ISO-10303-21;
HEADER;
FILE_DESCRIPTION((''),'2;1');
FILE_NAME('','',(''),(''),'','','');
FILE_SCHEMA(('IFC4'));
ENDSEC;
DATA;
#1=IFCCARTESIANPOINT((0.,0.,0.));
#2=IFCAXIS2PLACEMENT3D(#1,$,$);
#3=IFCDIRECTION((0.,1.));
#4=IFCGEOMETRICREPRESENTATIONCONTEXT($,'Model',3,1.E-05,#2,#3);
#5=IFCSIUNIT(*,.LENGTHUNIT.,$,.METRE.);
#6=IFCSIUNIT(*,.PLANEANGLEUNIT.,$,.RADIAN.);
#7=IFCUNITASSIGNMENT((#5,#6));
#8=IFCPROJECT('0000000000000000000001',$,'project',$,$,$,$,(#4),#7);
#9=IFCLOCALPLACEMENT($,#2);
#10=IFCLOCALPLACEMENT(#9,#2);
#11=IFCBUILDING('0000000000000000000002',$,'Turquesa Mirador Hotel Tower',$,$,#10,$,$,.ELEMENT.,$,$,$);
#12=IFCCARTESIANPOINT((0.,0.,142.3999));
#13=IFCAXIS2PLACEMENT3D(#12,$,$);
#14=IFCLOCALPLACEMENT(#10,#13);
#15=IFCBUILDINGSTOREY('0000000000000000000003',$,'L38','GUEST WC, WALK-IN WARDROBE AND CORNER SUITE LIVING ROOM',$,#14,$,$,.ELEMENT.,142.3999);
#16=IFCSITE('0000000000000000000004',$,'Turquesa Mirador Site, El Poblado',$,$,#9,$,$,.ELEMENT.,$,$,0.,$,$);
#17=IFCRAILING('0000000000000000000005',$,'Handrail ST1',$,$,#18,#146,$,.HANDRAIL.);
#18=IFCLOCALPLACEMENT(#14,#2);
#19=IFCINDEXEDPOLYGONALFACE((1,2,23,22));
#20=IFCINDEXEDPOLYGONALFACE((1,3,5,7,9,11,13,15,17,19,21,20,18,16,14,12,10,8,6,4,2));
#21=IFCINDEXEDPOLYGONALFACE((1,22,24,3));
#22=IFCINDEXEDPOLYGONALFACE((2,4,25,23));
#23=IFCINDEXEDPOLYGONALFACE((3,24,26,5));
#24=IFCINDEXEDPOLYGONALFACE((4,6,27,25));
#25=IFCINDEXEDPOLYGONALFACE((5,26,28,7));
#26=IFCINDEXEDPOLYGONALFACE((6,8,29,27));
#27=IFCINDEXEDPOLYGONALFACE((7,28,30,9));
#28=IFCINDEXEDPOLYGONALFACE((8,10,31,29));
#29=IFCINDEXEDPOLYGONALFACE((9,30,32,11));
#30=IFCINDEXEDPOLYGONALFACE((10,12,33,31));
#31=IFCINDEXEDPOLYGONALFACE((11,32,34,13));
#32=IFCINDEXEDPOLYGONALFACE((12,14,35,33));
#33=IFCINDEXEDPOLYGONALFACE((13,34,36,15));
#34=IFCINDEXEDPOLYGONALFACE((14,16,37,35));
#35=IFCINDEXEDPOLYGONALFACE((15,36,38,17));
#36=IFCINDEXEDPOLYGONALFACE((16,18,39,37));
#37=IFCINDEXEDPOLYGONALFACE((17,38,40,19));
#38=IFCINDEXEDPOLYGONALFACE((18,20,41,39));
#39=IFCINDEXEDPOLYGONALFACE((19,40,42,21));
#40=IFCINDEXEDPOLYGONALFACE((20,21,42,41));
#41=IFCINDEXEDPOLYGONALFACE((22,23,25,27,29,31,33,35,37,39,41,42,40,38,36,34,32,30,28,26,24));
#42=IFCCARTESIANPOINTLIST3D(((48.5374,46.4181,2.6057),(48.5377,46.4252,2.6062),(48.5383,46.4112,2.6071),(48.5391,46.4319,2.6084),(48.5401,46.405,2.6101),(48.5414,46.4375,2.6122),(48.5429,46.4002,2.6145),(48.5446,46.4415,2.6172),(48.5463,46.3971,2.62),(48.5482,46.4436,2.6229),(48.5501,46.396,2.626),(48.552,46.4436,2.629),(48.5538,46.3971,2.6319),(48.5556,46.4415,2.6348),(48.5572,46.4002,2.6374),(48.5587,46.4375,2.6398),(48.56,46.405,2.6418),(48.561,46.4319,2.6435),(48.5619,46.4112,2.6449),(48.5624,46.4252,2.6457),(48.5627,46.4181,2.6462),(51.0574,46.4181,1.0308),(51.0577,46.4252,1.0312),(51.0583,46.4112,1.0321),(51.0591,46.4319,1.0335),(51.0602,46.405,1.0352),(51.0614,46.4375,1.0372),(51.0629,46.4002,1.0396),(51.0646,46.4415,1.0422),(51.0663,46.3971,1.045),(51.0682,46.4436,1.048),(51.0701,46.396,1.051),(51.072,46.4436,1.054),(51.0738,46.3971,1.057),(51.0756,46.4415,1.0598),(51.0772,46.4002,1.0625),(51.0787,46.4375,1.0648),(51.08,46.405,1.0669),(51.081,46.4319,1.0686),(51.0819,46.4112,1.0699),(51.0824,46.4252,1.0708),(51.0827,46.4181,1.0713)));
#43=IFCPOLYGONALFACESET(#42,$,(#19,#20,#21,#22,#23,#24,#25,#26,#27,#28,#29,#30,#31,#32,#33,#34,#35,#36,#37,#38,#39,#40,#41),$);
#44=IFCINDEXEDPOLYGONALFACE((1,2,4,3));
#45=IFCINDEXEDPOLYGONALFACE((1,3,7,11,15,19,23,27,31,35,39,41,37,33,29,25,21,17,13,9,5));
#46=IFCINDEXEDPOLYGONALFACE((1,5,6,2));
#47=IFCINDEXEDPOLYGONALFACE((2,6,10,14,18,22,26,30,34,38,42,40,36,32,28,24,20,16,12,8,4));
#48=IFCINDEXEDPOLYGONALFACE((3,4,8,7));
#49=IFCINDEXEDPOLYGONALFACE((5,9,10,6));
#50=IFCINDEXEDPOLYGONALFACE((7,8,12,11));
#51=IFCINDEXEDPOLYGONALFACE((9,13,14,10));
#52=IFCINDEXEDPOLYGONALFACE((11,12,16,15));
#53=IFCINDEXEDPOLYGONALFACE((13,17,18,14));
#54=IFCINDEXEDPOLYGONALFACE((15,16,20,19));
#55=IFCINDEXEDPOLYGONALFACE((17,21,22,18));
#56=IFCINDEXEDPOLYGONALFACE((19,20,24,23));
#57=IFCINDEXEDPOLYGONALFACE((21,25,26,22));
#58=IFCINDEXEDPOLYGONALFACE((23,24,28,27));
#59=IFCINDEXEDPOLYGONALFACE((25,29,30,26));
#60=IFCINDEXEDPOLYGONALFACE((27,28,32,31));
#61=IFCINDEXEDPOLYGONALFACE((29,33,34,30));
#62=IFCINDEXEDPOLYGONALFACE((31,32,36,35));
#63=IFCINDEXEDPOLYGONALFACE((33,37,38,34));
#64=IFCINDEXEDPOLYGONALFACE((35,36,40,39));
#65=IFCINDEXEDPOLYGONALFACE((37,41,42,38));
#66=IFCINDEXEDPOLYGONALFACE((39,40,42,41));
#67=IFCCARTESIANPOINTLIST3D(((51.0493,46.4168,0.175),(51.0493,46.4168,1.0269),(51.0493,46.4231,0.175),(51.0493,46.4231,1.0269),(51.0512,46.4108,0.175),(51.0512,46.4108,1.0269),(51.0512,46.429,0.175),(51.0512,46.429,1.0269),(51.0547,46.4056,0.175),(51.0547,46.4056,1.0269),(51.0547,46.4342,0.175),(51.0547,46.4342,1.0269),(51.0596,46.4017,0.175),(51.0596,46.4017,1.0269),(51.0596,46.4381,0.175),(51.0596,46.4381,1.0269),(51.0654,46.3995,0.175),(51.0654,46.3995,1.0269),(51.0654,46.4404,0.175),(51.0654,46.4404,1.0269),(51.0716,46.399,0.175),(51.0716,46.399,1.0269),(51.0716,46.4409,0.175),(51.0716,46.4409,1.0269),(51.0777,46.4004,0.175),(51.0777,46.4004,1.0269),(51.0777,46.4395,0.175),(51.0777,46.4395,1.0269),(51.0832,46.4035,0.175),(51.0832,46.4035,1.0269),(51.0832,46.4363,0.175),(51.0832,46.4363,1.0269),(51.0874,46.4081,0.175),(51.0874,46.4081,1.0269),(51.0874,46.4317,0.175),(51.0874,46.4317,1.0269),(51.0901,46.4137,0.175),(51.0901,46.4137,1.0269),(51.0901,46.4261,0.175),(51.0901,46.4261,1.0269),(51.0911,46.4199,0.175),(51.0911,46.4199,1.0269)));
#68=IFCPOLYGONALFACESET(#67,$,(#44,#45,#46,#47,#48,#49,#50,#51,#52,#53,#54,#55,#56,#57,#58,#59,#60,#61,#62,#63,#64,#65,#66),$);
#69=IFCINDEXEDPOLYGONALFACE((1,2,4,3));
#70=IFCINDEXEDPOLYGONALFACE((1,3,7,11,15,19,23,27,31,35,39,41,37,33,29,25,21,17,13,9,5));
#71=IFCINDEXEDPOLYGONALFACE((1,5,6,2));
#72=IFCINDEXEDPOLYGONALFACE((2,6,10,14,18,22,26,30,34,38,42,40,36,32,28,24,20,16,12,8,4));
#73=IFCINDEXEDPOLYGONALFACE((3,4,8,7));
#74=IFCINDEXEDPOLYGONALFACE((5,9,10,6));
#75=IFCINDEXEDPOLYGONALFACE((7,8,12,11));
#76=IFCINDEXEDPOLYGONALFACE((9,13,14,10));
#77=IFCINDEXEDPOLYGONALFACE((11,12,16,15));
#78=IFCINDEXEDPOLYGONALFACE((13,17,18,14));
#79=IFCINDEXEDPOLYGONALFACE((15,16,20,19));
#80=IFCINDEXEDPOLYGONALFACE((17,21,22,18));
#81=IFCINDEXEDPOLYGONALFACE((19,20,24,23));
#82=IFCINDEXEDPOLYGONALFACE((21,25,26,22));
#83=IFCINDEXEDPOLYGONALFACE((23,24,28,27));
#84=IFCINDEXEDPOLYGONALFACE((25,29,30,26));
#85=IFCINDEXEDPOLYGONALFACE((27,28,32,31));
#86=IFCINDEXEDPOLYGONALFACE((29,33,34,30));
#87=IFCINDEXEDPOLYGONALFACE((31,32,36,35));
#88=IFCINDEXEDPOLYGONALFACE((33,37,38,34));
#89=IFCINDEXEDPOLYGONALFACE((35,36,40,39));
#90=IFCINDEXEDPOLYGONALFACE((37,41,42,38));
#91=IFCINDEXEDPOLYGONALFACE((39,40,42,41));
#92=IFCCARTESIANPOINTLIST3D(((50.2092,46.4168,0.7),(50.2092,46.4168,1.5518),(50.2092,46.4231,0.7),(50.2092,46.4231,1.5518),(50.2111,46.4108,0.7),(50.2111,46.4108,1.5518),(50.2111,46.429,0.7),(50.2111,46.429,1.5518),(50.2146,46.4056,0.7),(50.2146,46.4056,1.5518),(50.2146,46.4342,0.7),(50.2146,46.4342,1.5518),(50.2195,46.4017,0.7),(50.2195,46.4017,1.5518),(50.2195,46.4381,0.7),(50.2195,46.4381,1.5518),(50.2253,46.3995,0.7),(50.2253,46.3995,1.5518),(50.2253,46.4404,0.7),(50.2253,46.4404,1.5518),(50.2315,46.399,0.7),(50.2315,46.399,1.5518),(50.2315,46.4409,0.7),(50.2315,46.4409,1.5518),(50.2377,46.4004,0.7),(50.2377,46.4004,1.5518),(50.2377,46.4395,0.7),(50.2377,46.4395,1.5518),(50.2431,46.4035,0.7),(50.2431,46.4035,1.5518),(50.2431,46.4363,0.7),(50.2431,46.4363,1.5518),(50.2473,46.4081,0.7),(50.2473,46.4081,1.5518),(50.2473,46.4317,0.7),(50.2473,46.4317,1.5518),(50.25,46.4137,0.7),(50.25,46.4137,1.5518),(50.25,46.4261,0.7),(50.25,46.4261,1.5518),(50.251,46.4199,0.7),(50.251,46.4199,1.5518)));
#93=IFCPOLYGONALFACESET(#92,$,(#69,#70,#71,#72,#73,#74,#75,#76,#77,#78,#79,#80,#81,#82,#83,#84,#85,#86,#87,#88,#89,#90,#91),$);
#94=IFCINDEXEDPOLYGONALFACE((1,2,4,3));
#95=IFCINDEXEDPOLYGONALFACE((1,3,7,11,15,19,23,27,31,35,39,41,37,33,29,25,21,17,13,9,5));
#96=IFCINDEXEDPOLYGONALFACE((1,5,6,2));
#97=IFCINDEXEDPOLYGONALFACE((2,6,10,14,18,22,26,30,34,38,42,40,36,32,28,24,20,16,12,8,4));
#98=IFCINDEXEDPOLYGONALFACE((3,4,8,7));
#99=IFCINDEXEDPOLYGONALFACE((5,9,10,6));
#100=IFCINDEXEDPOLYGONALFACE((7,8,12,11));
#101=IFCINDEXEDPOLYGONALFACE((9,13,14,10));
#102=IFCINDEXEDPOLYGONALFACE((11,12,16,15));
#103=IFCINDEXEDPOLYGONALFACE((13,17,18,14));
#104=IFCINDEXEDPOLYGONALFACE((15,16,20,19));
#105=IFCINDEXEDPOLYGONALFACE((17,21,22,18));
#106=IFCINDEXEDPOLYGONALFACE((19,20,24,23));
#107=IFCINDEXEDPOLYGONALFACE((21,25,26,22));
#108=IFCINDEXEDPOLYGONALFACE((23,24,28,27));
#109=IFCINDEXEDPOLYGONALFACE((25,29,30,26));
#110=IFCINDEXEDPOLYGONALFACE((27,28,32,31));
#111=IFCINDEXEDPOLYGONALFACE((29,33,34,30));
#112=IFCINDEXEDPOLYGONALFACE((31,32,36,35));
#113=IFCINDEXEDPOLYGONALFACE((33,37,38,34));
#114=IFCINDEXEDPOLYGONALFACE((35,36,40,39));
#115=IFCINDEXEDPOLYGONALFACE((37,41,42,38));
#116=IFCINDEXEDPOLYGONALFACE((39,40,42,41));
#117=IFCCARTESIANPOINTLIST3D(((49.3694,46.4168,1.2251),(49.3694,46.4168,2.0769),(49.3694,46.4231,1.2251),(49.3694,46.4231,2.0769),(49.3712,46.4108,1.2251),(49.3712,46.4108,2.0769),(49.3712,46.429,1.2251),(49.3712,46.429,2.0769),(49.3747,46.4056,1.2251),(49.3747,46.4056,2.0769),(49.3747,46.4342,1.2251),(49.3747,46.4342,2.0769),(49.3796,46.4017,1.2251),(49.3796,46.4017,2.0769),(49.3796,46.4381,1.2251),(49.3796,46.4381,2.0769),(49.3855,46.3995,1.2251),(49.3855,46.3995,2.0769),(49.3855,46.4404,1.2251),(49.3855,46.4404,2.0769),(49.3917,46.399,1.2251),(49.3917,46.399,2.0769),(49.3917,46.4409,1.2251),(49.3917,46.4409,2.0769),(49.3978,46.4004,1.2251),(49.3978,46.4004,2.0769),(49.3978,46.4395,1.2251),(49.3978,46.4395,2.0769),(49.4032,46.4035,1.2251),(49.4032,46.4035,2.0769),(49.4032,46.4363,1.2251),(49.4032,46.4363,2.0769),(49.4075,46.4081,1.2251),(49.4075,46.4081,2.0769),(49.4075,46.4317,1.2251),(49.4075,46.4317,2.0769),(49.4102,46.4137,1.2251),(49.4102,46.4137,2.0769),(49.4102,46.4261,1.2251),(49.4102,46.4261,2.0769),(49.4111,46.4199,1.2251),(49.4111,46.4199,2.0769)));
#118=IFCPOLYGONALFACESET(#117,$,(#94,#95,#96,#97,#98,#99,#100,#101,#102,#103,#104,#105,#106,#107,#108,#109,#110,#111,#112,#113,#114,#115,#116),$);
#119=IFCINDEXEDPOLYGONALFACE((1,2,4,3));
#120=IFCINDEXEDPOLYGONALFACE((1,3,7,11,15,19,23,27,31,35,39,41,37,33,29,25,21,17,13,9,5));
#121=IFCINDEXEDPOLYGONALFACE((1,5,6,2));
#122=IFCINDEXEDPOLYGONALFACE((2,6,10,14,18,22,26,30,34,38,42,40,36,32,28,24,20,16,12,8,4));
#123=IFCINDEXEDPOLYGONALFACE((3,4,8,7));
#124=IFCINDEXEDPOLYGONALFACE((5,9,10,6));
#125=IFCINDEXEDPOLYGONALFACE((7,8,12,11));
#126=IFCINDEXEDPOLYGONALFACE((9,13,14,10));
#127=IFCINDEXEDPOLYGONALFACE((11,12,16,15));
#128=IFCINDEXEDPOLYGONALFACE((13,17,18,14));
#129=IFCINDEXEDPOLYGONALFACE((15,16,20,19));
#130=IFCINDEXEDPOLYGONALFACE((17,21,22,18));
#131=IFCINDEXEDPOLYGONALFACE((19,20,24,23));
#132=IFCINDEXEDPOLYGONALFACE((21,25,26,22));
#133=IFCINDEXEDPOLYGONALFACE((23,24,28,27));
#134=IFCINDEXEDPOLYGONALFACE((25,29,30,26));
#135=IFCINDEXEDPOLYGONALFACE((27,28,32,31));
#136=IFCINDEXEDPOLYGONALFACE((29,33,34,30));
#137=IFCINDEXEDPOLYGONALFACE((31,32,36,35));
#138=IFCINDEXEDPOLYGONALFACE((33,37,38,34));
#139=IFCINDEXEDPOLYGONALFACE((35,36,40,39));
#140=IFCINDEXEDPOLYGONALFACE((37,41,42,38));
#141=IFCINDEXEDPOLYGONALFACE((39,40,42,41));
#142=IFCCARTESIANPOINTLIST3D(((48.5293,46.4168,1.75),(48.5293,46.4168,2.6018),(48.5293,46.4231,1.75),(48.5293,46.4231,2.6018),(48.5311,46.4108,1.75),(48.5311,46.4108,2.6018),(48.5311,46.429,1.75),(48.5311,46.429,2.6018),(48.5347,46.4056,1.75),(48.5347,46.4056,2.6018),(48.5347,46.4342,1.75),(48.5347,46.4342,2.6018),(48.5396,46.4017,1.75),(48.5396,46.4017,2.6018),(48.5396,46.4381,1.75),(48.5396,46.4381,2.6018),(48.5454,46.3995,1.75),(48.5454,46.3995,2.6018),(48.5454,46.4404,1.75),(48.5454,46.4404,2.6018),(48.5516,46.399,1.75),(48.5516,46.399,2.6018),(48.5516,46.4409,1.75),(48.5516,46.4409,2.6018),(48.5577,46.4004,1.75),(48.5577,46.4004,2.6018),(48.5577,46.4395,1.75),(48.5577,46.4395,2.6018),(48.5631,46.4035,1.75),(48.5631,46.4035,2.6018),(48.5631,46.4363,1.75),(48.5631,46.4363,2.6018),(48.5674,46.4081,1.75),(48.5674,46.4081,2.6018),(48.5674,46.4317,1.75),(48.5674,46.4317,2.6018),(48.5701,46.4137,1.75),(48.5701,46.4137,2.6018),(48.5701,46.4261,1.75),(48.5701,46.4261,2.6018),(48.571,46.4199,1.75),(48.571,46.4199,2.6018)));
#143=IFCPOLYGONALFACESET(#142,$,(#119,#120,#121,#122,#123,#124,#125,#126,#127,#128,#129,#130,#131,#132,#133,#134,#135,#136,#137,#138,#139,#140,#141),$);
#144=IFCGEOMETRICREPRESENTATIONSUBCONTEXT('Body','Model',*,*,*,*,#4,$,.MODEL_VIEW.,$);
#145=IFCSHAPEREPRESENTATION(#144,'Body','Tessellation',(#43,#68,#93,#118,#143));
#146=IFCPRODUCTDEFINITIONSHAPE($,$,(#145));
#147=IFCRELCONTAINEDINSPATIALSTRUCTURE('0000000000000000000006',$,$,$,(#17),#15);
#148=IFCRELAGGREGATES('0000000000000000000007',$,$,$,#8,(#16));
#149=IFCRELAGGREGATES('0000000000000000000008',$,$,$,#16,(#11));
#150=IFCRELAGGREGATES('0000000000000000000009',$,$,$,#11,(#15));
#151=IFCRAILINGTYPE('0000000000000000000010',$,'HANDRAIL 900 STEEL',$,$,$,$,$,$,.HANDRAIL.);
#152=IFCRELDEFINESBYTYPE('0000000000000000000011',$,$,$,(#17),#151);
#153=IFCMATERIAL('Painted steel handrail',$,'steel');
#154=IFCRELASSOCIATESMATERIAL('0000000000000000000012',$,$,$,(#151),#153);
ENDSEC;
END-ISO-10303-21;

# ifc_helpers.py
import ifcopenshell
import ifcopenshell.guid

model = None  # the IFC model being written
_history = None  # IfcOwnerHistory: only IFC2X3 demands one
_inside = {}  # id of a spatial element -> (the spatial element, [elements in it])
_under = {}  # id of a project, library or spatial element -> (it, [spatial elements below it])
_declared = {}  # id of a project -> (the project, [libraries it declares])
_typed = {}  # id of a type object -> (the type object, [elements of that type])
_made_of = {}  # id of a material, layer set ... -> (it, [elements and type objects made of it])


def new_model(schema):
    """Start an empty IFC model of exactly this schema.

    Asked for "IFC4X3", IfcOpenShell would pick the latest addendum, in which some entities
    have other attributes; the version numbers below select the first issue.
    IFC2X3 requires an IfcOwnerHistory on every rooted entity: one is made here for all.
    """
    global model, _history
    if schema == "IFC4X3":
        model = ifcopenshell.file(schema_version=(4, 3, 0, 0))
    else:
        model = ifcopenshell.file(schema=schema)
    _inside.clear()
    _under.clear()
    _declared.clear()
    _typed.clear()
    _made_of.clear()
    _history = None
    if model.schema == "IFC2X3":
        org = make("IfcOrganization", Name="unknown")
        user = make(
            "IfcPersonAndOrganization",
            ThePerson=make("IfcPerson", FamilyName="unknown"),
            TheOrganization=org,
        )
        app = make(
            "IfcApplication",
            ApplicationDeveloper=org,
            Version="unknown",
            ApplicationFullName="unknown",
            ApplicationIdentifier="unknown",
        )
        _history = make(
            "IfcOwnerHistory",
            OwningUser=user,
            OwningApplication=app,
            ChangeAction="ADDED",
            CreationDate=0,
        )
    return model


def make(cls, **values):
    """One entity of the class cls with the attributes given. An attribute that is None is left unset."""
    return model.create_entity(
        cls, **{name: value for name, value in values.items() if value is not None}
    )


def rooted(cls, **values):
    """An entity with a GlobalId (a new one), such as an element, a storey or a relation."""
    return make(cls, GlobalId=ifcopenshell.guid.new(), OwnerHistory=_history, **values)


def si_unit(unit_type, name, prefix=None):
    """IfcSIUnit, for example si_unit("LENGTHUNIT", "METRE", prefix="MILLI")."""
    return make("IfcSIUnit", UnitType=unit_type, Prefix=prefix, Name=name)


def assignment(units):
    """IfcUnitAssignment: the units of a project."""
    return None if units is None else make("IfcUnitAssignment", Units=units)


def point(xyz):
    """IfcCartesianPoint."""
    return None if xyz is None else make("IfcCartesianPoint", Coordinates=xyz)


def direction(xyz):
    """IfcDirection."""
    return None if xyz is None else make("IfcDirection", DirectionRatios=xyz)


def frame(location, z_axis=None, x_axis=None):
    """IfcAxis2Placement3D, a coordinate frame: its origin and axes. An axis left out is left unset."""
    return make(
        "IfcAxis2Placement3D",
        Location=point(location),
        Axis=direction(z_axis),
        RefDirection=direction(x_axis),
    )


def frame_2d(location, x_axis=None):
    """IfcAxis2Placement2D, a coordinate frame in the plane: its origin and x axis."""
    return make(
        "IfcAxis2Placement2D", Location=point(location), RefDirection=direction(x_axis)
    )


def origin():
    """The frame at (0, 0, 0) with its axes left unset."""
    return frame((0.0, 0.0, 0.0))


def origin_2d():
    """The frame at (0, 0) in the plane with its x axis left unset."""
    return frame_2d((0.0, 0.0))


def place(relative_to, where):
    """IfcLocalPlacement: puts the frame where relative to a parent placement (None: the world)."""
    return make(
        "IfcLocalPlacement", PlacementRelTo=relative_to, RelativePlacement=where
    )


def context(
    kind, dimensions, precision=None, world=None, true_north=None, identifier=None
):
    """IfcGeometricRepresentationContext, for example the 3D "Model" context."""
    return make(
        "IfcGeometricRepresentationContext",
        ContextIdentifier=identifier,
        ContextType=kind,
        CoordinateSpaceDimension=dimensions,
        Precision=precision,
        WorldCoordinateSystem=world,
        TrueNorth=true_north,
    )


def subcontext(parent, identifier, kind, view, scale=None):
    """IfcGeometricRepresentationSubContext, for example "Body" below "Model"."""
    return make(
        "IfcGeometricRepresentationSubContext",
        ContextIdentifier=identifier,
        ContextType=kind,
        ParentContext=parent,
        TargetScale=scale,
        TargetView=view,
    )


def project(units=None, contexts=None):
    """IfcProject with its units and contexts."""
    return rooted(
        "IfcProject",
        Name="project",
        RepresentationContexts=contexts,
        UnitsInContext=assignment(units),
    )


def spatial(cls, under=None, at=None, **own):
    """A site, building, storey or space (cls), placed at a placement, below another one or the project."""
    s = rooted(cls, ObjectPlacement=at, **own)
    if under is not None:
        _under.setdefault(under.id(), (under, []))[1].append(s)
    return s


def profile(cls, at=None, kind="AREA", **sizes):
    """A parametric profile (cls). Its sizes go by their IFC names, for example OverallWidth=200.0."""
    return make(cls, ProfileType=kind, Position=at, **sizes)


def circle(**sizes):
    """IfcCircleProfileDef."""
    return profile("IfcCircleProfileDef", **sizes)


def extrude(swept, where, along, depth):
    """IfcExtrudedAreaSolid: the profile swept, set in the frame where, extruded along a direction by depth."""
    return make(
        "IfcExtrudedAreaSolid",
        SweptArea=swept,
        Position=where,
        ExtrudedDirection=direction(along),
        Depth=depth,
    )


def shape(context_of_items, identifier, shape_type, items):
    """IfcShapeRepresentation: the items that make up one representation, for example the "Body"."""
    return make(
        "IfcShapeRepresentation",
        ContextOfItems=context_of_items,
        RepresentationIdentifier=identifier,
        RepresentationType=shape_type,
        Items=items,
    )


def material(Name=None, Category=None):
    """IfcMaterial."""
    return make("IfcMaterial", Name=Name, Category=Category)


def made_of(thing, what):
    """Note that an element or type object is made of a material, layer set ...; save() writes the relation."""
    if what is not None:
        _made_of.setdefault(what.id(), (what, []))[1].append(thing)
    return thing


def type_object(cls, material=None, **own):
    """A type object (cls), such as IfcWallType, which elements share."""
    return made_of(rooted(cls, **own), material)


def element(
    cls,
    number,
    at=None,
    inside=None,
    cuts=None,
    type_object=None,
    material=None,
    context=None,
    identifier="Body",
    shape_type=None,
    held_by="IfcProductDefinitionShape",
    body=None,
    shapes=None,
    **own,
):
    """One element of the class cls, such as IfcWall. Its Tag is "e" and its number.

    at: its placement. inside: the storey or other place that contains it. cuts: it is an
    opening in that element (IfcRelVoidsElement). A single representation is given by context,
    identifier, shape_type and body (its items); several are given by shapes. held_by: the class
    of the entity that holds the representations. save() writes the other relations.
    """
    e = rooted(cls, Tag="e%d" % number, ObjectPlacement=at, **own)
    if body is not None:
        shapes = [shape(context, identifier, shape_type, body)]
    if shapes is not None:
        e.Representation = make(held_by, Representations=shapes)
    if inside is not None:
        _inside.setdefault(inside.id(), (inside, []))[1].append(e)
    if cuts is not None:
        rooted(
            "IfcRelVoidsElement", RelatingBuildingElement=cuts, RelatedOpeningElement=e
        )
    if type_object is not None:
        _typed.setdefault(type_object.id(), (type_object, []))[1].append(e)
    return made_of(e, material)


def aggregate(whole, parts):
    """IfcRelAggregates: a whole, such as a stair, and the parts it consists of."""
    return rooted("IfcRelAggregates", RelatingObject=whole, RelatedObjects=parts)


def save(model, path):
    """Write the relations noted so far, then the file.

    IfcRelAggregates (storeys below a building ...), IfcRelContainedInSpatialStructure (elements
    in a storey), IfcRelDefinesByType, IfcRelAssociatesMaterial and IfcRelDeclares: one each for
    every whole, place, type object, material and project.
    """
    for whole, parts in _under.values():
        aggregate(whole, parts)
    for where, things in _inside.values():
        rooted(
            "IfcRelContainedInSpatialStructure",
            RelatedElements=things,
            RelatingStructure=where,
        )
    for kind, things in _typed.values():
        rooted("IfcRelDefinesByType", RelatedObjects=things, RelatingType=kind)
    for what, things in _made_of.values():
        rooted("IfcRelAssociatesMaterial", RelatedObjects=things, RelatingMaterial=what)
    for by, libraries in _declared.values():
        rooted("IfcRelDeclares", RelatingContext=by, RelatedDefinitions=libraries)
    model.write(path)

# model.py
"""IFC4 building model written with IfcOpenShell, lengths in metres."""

from ifc_helpers import new_model, si_unit, direction, frame, origin, origin_2d, place, context, subcontext, project, spatial, circle, extrude, material, type_object, element, save


model = new_model("IFC4")

# Units and contexts
model_context = context("Model", 3, precision=1e-05, world=origin(), true_north=direction((0.0, 1.0)))
body_context = subcontext(model_context, "Body", "Model", "MODEL_VIEW")
ifc_project = project(units=[si_unit("LENGTHUNIT", "METRE"), si_unit("PLANEANGLEUNIT", "RADIAN")], contexts=[model_context])

# Site, building, storey
site_placement = place(None, origin())
site = spatial("IfcSite", under=ifc_project, at=site_placement, Name="Turquesa Mirador Site, El Poblado", CompositionType="ELEMENT", RefElevation=0.0)
building_placement = place(site_placement, origin())
building = spatial("IfcBuilding", under=site, at=building_placement, Name="Turquesa Mirador Hotel Tower", CompositionType="ELEMENT")
storey_placement = place(building_placement, frame((0.0, 0.0, 142.3999)))
storey = spatial("IfcBuildingStorey", under=building, at=storey_placement, Name="L38", Description="GUEST WC, WALK-IN WARDROBE AND CORNER SUITE LIVING ROOM", CompositionType="ELEMENT", Elevation=142.3999)

# Railing
ifc_material_1 = material(Name="Painted steel handrail", Category="steel")
railing_type = type_object("IfcRailingType", Name="HANDRAIL 900 STEEL", PredefinedType="HANDRAIL", material=ifc_material_1)
railing_1_placement = place(storey_placement, frame((51.0701, 46.4199, 0.175)))
element("IfcRailing", 1, at=railing_1_placement, inside=storey, type_object=railing_type, Name="Handrail ST1", PredefinedType="HANDRAIL", context=body_context, shape_type="SweptSolid", body=[
    extrude(circle(Radius=0.0239, at=origin_2d()), frame((0.0, 0.0, 0.876), z_axis=(-0.848008, 0.0, 0.529984), x_axis=(0.0, -1.0, 0.0)), (0.0, 0.0, 1.0), 2.9717),
    extrude(circle(Radius=0.021, at=origin_2d()), origin(), (0.0, 0.0, 1.0), 0.8518),
    extrude(circle(Radius=0.021, at=origin_2d()), frame((-0.8401, 0.0, 0.5249)), (0.0, 0.0, 1.0), 0.8518),
    extrude(circle(Radius=0.021, at=origin_2d()), frame((-1.6799, 0.0, 1.05)), (0.0, 0.0, 1.0), 0.8518),
    extrude(circle(Radius=0.021, at=origin_2d()), frame((-2.52, 0.0, 1.575)), (0.0, 0.0, 1.0), 0.8518),
])

save(model, "model.ifc")
